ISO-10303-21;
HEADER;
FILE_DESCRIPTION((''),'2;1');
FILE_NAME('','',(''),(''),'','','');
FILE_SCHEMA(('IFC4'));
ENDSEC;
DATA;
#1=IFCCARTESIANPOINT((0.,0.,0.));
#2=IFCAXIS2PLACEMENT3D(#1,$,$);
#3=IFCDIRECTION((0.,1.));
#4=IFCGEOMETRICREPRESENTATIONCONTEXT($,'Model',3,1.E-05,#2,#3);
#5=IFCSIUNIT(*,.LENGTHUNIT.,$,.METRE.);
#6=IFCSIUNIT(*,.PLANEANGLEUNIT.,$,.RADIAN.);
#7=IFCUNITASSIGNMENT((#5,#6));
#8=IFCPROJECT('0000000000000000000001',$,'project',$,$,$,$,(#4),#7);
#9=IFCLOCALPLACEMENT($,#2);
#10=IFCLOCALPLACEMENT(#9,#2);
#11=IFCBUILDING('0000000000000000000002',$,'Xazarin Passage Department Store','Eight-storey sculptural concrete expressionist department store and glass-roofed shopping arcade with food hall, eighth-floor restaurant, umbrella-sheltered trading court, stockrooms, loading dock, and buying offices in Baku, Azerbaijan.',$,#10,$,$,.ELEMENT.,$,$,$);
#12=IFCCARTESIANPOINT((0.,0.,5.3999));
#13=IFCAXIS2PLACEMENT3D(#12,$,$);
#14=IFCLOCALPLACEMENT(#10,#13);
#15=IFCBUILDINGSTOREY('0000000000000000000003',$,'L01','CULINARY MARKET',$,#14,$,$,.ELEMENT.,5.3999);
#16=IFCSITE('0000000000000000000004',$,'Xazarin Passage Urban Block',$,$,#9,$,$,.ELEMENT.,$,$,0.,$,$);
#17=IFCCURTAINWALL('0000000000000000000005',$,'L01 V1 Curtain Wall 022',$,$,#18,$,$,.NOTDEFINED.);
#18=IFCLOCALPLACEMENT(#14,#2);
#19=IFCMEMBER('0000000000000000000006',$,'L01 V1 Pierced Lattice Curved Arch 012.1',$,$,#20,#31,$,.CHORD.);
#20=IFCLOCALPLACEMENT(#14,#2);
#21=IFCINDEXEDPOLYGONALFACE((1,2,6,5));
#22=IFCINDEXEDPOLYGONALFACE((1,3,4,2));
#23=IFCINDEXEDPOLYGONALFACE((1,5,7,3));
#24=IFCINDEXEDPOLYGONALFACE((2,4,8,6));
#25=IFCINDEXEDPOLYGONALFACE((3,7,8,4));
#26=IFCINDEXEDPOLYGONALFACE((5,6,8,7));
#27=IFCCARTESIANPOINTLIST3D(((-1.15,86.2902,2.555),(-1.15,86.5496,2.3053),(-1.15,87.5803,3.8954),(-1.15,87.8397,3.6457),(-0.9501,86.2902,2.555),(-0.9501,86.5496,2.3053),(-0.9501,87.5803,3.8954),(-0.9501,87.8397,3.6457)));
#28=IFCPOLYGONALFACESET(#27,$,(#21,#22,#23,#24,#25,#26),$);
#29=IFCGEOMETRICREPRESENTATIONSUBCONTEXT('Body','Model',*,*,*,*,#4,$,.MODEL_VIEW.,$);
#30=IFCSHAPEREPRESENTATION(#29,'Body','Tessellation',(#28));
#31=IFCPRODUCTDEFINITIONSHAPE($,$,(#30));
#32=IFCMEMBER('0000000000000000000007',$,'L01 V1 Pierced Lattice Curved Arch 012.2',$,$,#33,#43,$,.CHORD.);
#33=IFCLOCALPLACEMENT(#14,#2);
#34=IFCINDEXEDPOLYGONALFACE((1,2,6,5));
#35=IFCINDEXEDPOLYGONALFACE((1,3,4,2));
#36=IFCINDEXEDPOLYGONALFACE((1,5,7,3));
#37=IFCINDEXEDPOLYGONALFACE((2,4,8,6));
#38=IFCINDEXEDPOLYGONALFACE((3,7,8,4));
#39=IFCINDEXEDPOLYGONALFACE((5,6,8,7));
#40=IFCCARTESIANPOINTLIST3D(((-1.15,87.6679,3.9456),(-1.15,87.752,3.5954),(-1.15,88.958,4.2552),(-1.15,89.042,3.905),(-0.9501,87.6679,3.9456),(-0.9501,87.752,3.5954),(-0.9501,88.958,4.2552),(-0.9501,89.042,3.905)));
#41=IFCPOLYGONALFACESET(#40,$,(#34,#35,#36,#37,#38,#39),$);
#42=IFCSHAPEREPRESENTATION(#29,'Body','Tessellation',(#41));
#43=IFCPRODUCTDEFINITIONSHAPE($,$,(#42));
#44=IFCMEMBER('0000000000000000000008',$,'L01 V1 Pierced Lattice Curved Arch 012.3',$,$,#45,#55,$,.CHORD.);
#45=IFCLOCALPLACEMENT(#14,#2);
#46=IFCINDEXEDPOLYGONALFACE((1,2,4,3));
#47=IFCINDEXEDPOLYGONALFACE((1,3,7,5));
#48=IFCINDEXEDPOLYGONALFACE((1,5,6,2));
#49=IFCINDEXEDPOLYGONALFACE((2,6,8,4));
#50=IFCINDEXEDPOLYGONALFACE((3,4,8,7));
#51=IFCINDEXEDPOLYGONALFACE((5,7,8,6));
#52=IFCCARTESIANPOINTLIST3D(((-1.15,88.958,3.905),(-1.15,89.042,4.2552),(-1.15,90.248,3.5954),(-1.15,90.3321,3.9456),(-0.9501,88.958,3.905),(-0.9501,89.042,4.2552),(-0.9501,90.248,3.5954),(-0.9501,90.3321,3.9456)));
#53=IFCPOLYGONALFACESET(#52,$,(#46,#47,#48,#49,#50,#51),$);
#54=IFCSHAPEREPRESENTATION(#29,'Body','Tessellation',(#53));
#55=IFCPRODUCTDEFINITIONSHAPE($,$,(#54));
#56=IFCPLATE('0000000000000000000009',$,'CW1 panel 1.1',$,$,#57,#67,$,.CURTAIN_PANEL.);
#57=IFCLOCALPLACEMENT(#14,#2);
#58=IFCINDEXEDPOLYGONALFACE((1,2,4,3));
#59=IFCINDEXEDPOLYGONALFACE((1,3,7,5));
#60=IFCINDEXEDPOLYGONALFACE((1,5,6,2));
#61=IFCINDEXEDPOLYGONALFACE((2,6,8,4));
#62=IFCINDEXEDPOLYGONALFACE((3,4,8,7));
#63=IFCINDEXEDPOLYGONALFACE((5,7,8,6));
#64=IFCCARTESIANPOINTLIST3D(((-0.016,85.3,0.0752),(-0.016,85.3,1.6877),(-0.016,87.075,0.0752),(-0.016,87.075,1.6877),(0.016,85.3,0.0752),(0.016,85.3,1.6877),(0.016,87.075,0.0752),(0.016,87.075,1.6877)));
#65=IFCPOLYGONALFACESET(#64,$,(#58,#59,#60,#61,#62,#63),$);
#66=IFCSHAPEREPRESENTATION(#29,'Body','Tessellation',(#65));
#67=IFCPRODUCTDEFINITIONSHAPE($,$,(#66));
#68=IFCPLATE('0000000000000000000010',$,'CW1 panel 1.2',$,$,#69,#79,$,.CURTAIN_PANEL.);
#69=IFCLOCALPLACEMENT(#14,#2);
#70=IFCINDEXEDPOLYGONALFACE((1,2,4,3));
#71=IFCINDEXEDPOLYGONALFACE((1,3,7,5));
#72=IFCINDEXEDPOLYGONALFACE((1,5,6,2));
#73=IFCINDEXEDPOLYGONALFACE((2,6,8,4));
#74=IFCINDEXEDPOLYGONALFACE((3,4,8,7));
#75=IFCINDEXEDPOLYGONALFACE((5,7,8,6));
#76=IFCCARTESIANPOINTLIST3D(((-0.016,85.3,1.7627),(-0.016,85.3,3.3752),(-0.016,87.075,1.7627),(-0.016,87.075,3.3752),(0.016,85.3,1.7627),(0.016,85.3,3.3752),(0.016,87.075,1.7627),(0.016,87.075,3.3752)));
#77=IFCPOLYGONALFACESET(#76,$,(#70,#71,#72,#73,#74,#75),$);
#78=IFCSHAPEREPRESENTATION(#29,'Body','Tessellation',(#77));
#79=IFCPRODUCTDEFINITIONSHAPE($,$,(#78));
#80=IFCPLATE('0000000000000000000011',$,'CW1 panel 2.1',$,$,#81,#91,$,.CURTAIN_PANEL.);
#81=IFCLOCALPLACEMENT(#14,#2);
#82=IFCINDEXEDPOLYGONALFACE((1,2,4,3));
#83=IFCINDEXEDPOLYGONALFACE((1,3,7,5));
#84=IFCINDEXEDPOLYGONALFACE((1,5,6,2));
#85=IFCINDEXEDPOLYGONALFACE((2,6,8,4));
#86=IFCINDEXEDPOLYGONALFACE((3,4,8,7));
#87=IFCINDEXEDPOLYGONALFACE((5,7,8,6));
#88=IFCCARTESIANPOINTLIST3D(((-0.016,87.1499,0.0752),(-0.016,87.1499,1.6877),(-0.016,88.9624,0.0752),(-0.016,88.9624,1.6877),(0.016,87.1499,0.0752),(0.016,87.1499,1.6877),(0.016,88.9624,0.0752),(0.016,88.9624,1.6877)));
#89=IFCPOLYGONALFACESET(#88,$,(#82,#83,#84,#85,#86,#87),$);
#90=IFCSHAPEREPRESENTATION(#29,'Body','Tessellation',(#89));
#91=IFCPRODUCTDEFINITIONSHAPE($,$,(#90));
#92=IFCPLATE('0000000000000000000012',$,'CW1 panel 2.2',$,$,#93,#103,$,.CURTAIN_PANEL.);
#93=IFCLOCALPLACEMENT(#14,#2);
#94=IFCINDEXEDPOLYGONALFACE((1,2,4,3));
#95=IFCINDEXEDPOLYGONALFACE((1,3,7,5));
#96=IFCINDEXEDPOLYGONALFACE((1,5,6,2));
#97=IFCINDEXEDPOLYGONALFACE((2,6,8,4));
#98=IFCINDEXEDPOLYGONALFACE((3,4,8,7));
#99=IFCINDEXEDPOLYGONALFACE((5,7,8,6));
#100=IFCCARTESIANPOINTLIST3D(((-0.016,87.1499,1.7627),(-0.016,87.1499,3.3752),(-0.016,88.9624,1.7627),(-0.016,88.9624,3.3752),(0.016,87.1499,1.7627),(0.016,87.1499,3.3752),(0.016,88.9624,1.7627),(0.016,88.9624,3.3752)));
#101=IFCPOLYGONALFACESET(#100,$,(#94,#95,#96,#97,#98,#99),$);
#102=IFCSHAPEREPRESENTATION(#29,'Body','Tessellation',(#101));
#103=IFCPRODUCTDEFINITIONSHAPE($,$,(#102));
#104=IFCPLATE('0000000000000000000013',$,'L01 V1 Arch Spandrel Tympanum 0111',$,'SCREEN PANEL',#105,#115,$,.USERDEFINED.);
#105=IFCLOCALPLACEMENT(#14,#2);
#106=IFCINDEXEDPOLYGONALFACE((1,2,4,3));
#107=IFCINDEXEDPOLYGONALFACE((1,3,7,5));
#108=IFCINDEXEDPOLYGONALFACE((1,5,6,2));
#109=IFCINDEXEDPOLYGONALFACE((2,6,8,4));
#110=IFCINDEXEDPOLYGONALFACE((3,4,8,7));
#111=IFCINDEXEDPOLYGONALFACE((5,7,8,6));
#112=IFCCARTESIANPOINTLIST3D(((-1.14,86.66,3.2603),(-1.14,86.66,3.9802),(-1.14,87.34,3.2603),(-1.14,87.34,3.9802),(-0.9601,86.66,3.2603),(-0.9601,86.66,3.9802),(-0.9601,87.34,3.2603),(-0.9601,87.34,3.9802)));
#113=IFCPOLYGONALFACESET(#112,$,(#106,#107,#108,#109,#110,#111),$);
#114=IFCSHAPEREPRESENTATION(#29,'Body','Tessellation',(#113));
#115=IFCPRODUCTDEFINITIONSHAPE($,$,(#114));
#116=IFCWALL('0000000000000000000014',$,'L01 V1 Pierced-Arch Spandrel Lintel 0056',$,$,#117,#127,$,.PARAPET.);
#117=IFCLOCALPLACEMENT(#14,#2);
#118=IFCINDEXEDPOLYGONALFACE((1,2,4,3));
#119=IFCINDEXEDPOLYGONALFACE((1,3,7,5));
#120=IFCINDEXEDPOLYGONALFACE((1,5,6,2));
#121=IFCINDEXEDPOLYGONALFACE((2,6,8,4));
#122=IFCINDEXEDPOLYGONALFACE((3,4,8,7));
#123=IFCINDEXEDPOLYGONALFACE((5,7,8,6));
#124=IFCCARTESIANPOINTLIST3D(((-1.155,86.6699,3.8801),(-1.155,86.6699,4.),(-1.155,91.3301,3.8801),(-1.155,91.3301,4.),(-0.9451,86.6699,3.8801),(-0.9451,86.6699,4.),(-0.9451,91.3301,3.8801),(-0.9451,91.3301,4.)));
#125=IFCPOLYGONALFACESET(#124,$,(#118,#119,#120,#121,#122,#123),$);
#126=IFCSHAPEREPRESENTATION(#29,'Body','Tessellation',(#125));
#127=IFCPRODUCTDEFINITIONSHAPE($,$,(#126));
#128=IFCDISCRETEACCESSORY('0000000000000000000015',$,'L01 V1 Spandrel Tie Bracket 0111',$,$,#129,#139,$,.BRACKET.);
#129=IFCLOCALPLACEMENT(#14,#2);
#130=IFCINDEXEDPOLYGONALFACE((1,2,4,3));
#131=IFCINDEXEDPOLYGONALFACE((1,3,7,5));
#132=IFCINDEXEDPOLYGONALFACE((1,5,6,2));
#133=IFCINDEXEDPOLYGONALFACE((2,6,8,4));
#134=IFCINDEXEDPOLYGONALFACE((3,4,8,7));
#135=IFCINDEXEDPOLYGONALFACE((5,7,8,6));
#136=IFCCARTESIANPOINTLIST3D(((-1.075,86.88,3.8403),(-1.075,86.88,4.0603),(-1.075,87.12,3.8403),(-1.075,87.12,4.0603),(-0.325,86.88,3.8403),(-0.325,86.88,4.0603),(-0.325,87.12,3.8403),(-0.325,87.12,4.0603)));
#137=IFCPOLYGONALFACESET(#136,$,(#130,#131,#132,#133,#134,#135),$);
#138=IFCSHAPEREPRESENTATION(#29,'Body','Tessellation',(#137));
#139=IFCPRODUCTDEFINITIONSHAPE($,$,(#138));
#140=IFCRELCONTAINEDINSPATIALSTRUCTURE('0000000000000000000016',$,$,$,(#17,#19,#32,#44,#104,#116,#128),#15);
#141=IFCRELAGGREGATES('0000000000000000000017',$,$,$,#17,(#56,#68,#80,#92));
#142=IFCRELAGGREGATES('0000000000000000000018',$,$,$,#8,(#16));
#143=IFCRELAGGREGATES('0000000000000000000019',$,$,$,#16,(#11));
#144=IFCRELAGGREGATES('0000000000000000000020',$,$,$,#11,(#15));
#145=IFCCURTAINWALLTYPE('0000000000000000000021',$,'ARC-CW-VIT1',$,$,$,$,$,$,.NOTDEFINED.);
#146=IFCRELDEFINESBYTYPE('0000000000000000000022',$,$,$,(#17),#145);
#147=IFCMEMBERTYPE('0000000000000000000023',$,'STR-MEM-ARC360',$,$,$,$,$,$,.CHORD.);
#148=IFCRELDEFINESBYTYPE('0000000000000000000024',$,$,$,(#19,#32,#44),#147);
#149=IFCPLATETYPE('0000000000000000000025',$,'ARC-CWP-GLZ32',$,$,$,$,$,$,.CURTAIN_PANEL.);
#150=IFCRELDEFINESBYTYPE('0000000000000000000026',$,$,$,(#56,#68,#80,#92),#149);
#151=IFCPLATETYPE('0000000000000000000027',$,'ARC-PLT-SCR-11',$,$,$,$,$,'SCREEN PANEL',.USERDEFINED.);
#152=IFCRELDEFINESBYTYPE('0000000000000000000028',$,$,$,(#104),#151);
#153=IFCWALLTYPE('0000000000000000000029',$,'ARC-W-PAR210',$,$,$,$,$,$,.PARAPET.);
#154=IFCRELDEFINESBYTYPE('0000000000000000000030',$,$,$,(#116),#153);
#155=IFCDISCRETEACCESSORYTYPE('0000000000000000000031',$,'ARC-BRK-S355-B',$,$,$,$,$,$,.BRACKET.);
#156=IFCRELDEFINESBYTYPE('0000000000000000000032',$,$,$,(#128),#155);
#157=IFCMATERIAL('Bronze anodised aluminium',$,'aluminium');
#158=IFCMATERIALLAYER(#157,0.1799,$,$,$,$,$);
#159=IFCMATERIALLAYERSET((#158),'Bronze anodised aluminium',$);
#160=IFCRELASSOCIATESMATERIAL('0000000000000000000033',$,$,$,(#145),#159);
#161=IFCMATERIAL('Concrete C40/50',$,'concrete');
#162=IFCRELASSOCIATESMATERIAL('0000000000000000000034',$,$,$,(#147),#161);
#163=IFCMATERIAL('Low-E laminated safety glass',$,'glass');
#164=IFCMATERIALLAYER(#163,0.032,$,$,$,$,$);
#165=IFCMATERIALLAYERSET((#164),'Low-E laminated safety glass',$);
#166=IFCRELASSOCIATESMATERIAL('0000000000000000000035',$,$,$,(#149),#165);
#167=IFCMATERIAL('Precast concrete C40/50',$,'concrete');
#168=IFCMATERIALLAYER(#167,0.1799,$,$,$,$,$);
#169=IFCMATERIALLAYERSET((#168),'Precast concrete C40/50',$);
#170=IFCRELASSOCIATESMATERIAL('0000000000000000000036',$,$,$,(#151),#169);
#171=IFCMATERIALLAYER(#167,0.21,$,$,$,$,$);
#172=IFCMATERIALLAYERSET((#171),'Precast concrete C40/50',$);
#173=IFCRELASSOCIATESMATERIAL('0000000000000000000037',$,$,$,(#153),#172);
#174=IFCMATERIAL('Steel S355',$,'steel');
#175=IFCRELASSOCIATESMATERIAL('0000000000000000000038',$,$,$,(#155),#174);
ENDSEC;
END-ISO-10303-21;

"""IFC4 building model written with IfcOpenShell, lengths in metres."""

from ifc_helpers import new_model, si_unit, direction, frame, frame_2d, origin, origin_2d, place, context, subcontext, project, spatial, rectangle, extrude, material, layer, layer_set, material_profile, profile_set, type_object, element, aggregate, save


model = new_model("IFC4")

# Units and contexts
model_context = context("Model", 3, precision=1e-05, world=origin(), true_north=direction((0.0, 1.0)))
body_context = subcontext(model_context, "Body", "Model", "MODEL_VIEW")
ifc_project = project(units=[si_unit("LENGTHUNIT", "METRE"), si_unit("PLANEANGLEUNIT", "RADIAN")], contexts=[model_context])

# Site, building, storey
site_placement = place(None, origin())
site = spatial("IfcSite", under=ifc_project, at=site_placement, Name="Xazarin Passage Urban Block", CompositionType="ELEMENT", RefElevation=0.0)
building_placement = place(site_placement, origin())
building = spatial("IfcBuilding", under=site, at=building_placement, Name="Xazarin Passage Department Store", Description="Eight-storey sculptural concrete expressionist department store and glass-roofed shopping arcade with food hall, eighth-floor restaurant, umbrella-sheltered trading court, stockrooms, loading dock, and buying offices in Baku, Azerbaijan.", CompositionType="ELEMENT")
storey_placement = place(building_placement, frame((0.0, 0.0, 5.3999)))
storey = spatial("IfcBuildingStorey", under=building, at=storey_placement, Name="L01", Description="CULINARY MARKET", CompositionType="ELEMENT", Elevation=5.3999)

# Shared definitions
ifc_material_1 = material(Name="Concrete C40/50", Category="concrete")

# Curtain wall
ifc_material_2 = material(Name="Bronze anodised aluminium", Category="aluminium")
ifc_layer_1 = layer(ifc_material_2, 0.1799)
ifc_layer_set_1 = layer_set([ifc_layer_1], Name="Bronze anodised aluminium")
curtain_wall_type = type_object("IfcCurtainWallType", Name="ARC-CW-VIT1", PredefinedType="NOTDEFINED", material=ifc_layer_set_1)
curtain_wall_placement = place(storey_placement, origin())
curtain_wall = element("IfcCurtainWall", 1, at=curtain_wall_placement, inside=storey, type_object=curtain_wall_type, Name="L01 V1 Curtain Wall 022", PredefinedType="NOTDEFINED")

# Members
ifc_material_profile_1 = material_profile(ifc_material_1, rectangle(XDim=0.2, YDim=0.3601, at=origin_2d()), Name="RC 200x360")
ifc_profile_set_1 = profile_set([ifc_material_profile_1], Name="Concrete C40/50")
member_type_1 = type_object("IfcMemberType", Name="STR-MEM-ARC360", PredefinedType="CHORD", material=ifc_profile_set_1)
member_1_placement = place(storey_placement, frame((-1.05, 86.4199, 2.4302), z_axis=(0.0, 0.69346, 0.720495), x_axis=(-1.0, 0.0, 0.0)))
element("IfcMember", 2, at=member_1_placement, inside=storey, type_object=member_type_1, Name="L01 V1 Pierced Lattice Curved Arch 012.1", PredefinedType="CHORD", context=body_context, shape_type="SweptSolid", body=[
    extrude(rectangle(XDim=0.2, YDim=0.3601, at=origin_2d()), origin(), (0.0, 0.0, 1.0), 1.8604),
])
for number, where, z_axis, x_axis, name in (
    (3, (-1.05, 87.71, 3.7705), (0.0, 0.972394, 0.233345), (-1.0, 0.0, 0.0), "L01 V1 Pierced Lattice Curved Arch 012.2"),
    (4, (-1.05, 89.0, 4.0801), (0.0, 0.972394, -0.233345), (-1.0, 0.0, 0.0), "L01 V1 Pierced Lattice Curved Arch 012.3"),
):
    element("IfcMember", number, at=place(storey_placement, frame(where, z_axis=z_axis, x_axis=x_axis)), inside=storey, type_object=member_type_1, Name=name, PredefinedType="CHORD", context=body_context, shape_type="SweptSolid", body=[
        extrude(rectangle(XDim=0.2, YDim=0.3601, at=origin_2d()), origin(), (0.0, 0.0, 1.0), 1.3267),
    ])

# Plates
ifc_material_3 = material(Name="Low-E laminated safety glass", Category="glass")
ifc_layer_2 = layer(ifc_material_3, 0.032)
ifc_layer_set_2 = layer_set([ifc_layer_2], Name="Low-E laminated safety glass")
plate_type_1 = type_object("IfcPlateType", Name="ARC-CWP-GLZ32", PredefinedType="CURTAIN_PANEL", material=ifc_layer_set_2)
plate_1_placement = place(storey_placement, frame((0.0, 86.1875, 0.0752), z_axis=(0.0, 0.0, 1.0), x_axis=(0.0, 1.0, 0.0)))
plate_1 = element("IfcPlate", 5, at=plate_1_placement, type_object=plate_type_1, Name="CW1 panel 1.1", PredefinedType="CURTAIN_PANEL", context=body_context, shape_type="SweptSolid", body=[
    extrude(rectangle(XDim=1.7749, YDim=0.032, at=origin_2d()), origin(), (0.0, 0.0, 1.0), 1.6125),
])
plate_2_placement = place(storey_placement, frame((0.0, 86.1875, 1.7627), z_axis=(0.0, 0.0, 1.0), x_axis=(0.0, 1.0, 0.0)))
plate_2 = element("IfcPlate", 6, at=plate_2_placement, type_object=plate_type_1, Name="CW1 panel 1.2", PredefinedType="CURTAIN_PANEL", context=body_context, shape_type="SweptSolid", body=[
    extrude(rectangle(XDim=1.7749, YDim=0.032, at=origin_2d()), origin(), (0.0, 0.0, 1.0), 1.6125),
])
plate_3_placement = place(storey_placement, frame((0.0, 88.0562, 0.0752), z_axis=(0.0, 0.0, 1.0), x_axis=(0.0, 1.0, 0.0)))
plate_3 = element("IfcPlate", 7, at=plate_3_placement, type_object=plate_type_1, Name="CW1 panel 2.1", PredefinedType="CURTAIN_PANEL", context=body_context, shape_type="SweptSolid", body=[
    extrude(rectangle(XDim=1.8125, YDim=0.032, at=origin_2d()), origin(), (0.0, 0.0, 1.0), 1.6125),
])
plate_4_placement = place(storey_placement, frame((0.0, 88.0562, 1.7627), z_axis=(0.0, 0.0, 1.0), x_axis=(0.0, 1.0, 0.0)))
plate_4 = element("IfcPlate", 8, at=plate_4_placement, type_object=plate_type_1, Name="CW1 panel 2.2", PredefinedType="CURTAIN_PANEL", context=body_context, shape_type="SweptSolid", body=[
    extrude(rectangle(XDim=1.8125, YDim=0.032, at=origin_2d()), origin(), (0.0, 0.0, 1.0), 1.6125),
])
aggregate(curtain_wall, [plate_1, plate_2, plate_3, plate_4])
ifc_material_4 = material(Name="Precast concrete C40/50", Category="concrete")
ifc_layer_3 = layer(ifc_material_4, 0.1799)
ifc_layer_set_3 = layer_set([ifc_layer_3], Name="Precast concrete C40/50")
plate_type_2 = type_object("IfcPlateType", Name="ARC-PLT-SCR-11", ElementType="SCREEN PANEL", PredefinedType="USERDEFINED", material=ifc_layer_set_3)
plate_5_placement = place(storey_placement, frame((-1.05, 87.0, 3.2603), z_axis=(0.0, 0.0, 1.0), x_axis=(0.0, 1.0, 0.0)))
element("IfcPlate", 9, at=plate_5_placement, inside=storey, type_object=plate_type_2, Name="L01 V1 Arch Spandrel Tympanum 0111", ObjectType="SCREEN PANEL", PredefinedType="USERDEFINED", context=body_context, shape_type="SweptSolid", body=[
    extrude(rectangle(XDim=0.6799, YDim=0.1799, at=origin_2d()), origin(), (0.0, 0.0, 1.0), 0.72),
])

# Wall
ifc_layer_4 = layer(ifc_material_4, 0.21)
ifc_layer_set_4 = layer_set([ifc_layer_4], Name="Precast concrete C40/50")
wall_type = type_object("IfcWallType", Name="ARC-W-PAR210", PredefinedType="PARAPET", material=ifc_layer_set_4)
wall_placement = place(storey_placement, frame((-1.05, 86.6699, 3.8801), z_axis=(0.0, 0.0, 1.0), x_axis=(0.0, 1.0, 0.0)))
element("IfcWall", 10, at=wall_placement, inside=storey, type_object=wall_type, Name="L01 V1 Pierced-Arch Spandrel Lintel 0056", PredefinedType="PARAPET", context=body_context, shape_type="SweptSolid", body=[
    extrude(rectangle(XDim=4.6602, YDim=0.21, at=frame_2d((2.3301, 0.0))), origin(), (0.0, 0.0, 1.0), 0.1199),
])

# Discrete accessory
ifc_material_5 = material(Name="Steel S355", Category="steel")
discrete_accessory_type = type_object("IfcDiscreteAccessoryType", Name="ARC-BRK-S355-B", PredefinedType="BRACKET", material=ifc_material_5)
discrete_accessory_placement = place(storey_placement, frame((-0.7, 87.0, 3.8403), z_axis=(0.0, 0.0, 1.0), x_axis=(0.0, 1.0, 0.0)))
element("IfcDiscreteAccessory", 11, at=discrete_accessory_placement, inside=storey, type_object=discrete_accessory_type, Name="L01 V1 Spandrel Tie Bracket 0111", PredefinedType="BRACKET", context=body_context, shape_type="SweptSolid", body=[
    extrude(rectangle(XDim=0.24, YDim=0.75, at=origin_2d()), origin(), (0.0, 0.0, 1.0), 0.22),
])

save(model, "model.ifc")
